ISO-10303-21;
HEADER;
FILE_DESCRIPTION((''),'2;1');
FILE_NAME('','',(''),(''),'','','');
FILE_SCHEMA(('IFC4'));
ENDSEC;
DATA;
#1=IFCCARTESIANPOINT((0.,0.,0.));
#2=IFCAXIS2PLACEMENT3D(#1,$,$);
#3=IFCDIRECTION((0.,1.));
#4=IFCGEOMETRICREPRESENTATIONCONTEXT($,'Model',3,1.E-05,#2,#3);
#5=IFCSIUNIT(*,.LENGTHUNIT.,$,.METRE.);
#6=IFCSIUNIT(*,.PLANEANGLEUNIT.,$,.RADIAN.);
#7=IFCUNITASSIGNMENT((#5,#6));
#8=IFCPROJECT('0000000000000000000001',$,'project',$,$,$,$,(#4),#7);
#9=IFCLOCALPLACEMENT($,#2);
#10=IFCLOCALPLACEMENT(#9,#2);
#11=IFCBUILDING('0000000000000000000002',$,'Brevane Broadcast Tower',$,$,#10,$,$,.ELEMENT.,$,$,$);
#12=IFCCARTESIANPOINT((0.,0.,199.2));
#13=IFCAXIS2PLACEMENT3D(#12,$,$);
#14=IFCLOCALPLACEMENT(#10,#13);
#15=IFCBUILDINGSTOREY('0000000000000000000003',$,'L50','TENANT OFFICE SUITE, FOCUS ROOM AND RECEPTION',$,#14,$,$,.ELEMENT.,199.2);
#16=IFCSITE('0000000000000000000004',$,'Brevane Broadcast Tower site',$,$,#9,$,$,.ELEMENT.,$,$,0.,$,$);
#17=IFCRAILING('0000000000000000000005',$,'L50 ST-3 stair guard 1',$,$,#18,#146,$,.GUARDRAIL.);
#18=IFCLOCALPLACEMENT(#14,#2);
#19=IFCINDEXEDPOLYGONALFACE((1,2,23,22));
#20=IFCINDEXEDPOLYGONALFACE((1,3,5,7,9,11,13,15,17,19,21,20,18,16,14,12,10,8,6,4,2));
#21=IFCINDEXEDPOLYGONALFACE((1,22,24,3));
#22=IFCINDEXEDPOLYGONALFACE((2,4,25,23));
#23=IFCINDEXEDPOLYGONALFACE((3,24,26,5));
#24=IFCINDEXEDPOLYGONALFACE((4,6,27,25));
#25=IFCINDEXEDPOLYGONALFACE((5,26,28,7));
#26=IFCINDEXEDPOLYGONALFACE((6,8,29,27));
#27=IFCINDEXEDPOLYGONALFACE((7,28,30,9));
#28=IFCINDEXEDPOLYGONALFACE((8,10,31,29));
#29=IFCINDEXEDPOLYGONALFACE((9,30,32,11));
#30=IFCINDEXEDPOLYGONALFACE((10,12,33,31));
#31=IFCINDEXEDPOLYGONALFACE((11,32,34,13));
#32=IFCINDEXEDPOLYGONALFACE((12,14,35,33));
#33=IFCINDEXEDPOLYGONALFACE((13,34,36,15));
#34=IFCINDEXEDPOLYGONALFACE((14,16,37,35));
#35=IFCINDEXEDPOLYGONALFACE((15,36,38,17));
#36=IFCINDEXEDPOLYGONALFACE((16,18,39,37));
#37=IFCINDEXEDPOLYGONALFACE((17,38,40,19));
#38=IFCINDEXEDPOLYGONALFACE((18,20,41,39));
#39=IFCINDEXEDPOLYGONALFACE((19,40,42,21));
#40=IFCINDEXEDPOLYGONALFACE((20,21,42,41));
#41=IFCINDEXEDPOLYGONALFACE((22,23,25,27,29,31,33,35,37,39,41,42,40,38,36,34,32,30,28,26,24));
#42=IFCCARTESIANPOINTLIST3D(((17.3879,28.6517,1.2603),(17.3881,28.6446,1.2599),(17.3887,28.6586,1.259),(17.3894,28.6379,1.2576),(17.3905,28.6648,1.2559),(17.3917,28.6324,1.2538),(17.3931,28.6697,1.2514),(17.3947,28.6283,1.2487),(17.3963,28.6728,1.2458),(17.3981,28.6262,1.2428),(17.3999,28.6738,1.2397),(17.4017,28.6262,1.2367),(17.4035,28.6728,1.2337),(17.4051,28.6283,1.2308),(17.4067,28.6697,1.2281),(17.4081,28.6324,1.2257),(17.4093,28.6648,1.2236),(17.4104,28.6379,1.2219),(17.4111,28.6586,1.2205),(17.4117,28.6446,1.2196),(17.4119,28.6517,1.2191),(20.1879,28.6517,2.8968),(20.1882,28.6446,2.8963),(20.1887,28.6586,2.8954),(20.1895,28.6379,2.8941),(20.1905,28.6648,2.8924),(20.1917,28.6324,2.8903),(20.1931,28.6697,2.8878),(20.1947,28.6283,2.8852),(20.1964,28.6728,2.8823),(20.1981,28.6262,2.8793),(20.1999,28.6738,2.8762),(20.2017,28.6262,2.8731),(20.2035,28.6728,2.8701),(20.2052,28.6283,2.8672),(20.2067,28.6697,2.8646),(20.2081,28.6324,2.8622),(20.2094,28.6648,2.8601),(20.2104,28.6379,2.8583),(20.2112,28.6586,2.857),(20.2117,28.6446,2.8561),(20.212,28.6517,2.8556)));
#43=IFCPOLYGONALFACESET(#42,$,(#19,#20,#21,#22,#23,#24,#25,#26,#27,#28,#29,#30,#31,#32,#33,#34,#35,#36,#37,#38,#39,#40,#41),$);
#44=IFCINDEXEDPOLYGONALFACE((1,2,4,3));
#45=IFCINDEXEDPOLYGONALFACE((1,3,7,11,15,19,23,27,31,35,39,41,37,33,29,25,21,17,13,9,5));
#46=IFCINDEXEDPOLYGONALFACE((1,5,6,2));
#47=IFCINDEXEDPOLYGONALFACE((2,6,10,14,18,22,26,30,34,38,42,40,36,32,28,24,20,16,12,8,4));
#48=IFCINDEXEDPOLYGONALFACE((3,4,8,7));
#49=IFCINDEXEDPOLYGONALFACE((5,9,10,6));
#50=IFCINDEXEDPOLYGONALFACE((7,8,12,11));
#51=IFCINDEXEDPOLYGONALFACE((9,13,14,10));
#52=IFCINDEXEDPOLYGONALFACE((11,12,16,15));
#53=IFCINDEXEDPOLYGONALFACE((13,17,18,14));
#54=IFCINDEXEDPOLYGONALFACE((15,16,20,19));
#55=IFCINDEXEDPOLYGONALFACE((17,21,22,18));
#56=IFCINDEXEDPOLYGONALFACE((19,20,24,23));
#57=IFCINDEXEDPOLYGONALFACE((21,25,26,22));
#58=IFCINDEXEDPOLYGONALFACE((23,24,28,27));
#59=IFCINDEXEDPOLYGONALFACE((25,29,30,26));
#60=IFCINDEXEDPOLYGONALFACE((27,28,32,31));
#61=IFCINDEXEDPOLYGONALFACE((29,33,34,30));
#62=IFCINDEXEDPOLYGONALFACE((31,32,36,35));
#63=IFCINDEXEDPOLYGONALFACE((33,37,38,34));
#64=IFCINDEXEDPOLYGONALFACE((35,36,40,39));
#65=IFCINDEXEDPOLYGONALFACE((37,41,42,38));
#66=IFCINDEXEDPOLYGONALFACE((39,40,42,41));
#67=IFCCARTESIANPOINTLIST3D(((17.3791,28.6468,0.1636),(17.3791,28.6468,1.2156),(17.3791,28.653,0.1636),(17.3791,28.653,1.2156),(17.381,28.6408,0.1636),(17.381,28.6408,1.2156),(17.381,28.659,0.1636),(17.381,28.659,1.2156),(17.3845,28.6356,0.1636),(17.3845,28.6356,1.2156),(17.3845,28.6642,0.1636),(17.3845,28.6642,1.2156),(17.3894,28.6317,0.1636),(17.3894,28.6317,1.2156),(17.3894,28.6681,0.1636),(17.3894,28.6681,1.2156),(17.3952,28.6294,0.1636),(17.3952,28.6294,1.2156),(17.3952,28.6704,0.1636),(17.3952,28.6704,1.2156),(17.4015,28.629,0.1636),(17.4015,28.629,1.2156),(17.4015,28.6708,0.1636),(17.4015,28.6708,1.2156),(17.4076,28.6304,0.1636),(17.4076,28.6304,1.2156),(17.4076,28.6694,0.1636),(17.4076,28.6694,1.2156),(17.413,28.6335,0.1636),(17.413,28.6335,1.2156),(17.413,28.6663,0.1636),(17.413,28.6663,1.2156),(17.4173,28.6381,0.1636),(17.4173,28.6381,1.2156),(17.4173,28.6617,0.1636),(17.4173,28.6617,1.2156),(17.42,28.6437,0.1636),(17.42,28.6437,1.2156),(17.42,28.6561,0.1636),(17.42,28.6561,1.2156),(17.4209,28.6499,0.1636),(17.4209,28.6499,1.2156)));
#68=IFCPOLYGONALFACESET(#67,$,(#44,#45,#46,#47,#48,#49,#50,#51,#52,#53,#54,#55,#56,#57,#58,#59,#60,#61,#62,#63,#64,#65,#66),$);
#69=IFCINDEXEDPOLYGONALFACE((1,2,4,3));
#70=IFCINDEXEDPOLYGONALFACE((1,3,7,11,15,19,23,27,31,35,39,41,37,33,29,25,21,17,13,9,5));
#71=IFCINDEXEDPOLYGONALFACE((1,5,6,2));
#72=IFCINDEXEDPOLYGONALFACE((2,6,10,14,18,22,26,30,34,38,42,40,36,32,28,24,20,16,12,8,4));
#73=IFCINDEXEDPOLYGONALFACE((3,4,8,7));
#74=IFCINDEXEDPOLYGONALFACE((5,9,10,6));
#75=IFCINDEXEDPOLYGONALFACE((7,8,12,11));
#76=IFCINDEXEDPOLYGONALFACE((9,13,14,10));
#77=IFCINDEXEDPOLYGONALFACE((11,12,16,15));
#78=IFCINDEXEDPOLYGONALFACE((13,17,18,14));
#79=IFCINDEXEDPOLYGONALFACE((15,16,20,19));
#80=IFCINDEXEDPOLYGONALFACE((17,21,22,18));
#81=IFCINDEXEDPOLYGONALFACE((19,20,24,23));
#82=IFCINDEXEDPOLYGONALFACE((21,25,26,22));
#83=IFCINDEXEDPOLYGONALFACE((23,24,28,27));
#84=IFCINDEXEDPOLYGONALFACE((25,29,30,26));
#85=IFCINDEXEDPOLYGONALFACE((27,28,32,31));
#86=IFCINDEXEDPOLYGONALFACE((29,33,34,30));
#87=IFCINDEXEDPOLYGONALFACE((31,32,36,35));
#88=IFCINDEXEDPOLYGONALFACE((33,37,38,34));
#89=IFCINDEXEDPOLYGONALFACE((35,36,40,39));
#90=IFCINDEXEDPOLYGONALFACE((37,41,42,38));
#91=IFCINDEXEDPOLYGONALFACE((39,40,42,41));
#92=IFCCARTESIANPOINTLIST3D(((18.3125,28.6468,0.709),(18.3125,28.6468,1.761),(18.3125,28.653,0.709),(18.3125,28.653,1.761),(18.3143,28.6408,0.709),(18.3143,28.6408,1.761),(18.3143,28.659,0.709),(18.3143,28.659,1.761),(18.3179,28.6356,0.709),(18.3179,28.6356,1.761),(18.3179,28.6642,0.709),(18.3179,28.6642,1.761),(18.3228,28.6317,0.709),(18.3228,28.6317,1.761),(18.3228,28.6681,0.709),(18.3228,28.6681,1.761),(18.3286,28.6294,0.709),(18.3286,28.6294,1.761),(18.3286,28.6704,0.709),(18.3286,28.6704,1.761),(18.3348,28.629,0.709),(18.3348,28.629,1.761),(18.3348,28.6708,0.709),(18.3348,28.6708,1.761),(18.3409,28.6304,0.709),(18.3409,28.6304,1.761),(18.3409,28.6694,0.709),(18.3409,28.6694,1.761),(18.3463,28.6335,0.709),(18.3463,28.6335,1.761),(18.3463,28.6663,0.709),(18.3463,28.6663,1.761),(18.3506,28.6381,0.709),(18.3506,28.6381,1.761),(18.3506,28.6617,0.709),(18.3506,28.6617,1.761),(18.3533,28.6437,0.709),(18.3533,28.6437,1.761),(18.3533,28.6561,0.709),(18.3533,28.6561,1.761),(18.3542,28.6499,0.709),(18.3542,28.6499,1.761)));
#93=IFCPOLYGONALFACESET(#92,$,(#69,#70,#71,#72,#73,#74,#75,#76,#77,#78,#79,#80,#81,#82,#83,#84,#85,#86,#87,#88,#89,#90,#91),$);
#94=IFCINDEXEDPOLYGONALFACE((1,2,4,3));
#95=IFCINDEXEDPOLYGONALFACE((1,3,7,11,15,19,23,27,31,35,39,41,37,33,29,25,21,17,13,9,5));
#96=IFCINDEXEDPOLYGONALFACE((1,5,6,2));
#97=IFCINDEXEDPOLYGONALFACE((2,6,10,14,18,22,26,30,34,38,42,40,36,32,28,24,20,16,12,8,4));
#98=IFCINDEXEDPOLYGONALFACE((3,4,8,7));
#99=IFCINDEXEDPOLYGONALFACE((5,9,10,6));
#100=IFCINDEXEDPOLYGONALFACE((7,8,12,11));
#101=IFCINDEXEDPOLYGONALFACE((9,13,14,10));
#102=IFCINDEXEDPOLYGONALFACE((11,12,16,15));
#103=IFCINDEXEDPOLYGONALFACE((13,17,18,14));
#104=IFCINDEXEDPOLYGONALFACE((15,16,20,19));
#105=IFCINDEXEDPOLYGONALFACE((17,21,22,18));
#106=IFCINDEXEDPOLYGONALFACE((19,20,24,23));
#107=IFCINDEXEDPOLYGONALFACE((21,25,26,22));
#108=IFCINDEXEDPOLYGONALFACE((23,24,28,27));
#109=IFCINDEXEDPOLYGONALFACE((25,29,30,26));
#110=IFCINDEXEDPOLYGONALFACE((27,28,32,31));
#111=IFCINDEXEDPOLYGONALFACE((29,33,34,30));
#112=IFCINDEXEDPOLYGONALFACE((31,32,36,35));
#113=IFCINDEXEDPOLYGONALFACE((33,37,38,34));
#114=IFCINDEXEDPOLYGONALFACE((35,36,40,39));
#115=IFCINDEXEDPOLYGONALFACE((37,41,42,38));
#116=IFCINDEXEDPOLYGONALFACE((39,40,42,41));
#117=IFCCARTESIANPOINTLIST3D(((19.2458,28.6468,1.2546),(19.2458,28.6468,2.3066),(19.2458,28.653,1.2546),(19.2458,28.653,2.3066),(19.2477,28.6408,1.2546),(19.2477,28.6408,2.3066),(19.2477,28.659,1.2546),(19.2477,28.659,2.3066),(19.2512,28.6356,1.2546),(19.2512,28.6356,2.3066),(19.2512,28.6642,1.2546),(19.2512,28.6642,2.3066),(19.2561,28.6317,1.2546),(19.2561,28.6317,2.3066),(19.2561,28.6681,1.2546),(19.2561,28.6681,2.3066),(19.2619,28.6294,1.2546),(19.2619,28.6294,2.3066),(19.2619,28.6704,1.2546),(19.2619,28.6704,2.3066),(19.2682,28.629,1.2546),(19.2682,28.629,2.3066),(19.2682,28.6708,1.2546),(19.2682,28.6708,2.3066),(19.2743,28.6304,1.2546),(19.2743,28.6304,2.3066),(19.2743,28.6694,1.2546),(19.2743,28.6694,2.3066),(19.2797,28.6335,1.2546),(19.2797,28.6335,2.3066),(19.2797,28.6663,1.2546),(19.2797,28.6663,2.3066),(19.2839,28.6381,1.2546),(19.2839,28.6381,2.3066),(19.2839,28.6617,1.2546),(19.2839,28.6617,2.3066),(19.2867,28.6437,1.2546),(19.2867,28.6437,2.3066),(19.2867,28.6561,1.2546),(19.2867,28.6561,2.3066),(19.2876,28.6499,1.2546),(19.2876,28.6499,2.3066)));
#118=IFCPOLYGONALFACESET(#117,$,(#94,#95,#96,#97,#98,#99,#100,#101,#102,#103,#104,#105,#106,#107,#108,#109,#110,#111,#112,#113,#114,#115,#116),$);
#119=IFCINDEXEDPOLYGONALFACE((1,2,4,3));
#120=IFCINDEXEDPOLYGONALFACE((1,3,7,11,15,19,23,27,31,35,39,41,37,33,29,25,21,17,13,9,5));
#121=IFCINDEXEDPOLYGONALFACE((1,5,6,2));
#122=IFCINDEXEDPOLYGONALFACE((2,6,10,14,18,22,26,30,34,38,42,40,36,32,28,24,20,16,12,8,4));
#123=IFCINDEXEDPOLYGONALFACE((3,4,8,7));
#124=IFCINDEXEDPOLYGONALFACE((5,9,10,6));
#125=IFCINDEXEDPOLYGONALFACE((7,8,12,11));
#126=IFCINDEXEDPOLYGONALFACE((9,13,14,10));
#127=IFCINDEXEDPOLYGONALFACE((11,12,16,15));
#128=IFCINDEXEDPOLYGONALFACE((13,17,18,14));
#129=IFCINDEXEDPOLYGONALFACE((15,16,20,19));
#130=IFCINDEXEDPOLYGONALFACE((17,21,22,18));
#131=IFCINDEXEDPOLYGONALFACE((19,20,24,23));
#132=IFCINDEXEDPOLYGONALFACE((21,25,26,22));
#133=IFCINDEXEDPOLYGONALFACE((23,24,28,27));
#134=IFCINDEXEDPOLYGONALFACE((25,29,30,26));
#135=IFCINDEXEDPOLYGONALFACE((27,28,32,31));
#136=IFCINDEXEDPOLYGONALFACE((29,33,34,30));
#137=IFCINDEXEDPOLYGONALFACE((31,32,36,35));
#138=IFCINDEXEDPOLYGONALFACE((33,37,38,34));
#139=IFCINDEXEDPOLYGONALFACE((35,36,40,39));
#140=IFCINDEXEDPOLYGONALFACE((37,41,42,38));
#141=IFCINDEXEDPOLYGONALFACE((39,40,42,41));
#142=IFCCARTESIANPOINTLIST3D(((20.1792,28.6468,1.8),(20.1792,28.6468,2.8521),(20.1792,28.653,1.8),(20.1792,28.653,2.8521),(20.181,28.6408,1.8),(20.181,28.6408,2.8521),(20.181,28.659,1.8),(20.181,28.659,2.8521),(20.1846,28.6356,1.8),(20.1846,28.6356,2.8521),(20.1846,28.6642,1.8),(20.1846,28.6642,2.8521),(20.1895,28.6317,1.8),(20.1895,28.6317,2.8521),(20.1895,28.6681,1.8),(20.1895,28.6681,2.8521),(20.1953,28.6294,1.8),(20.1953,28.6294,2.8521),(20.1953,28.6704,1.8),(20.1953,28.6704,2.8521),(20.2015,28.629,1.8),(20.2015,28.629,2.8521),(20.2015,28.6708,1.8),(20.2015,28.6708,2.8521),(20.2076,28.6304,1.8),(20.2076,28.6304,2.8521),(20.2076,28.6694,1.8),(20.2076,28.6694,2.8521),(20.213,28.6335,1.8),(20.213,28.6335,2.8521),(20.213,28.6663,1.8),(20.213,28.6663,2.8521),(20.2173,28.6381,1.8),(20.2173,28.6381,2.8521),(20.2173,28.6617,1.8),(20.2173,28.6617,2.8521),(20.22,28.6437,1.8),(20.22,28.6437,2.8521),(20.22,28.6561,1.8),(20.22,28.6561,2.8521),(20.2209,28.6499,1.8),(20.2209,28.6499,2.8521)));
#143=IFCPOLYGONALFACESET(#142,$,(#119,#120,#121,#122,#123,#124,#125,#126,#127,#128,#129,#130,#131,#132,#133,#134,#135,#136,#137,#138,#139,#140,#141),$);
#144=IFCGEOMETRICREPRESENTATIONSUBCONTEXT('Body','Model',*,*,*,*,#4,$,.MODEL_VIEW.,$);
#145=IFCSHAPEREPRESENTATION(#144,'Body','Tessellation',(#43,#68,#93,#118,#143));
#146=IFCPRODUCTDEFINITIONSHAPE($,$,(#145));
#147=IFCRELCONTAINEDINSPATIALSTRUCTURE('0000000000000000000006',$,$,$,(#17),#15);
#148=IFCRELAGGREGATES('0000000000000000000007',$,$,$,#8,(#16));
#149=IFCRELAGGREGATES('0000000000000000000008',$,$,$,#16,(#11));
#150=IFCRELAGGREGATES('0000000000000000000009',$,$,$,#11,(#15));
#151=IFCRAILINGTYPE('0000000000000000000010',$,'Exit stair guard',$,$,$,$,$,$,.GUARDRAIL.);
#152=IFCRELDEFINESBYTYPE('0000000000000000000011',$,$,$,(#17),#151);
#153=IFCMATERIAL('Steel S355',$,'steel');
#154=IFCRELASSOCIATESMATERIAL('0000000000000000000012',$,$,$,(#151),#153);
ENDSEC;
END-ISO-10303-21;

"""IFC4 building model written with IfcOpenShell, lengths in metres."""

from ifc_helpers import new_model, si_unit, direction, frame, origin, origin_2d, place, context, subcontext, project, spatial, circle, extrude, material, type_object, element, save


model = new_model("IFC4")

# Units and contexts
model_context = context("Model", 3, precision=1e-05, world=origin(), true_north=direction((0.0, 1.0)))
body_context = subcontext(model_context, "Body", "Model", "MODEL_VIEW")
ifc_project = project(units=[si_unit("LENGTHUNIT", "METRE"), si_unit("PLANEANGLEUNIT", "RADIAN")], contexts=[model_context])

# Site, building, storey
site_placement = place(None, origin())
site = spatial("IfcSite", under=ifc_project, at=site_placement, Name="Brevane Broadcast Tower site", CompositionType="ELEMENT", RefElevation=0.0)
building_placement = place(site_placement, origin())
building = spatial("IfcBuilding", under=site, at=building_placement, Name="Brevane Broadcast Tower", CompositionType="ELEMENT")
storey_placement = place(building_placement, frame((0.0, 0.0, 199.2)))
storey = spatial("IfcBuildingStorey", under=building, at=storey_placement, Name="L50", Description="TENANT OFFICE SUITE, FOCUS ROOM AND RECEPTION", CompositionType="ELEMENT", Elevation=199.2)

# Railing
ifc_material_1 = material(Name="Steel S355", Category="steel")
railing_type_1 = type_object("IfcRailingType", Name="Exit stair guard", PredefinedType="GUARDRAIL", material=ifc_material_1)
railing_1_placement = place(storey_placement, frame((17.3999, 28.6499, 0.1636)))
element("IfcRailing", 1, at=railing_1_placement, inside=storey, type_object=railing_type_1, Name="L50 ST-3 stair guard 1", PredefinedType="GUARDRAIL", context=body_context, shape_type="SweptSolid", body=[
    extrude(circle(Radius=0.0239, at=origin_2d()), frame((0.0, 0.0, 1.0762), z_axis=(0.863361, 0.0, 0.504587), x_axis=(0.0, 1.0, 0.0)), (0.0, 0.0, 1.0), 3.2432),
    extrude(circle(Radius=0.021, at=origin_2d()), origin(), (0.0, 0.0, 1.0), 1.052),
    extrude(circle(Radius=0.021, at=origin_2d()), frame((0.9333, 0.0, 0.5454)), (0.0, 0.0, 1.0), 1.052),
    extrude(circle(Radius=0.021, at=origin_2d()), frame((1.8667, 0.0, 1.0911)), (0.0, 0.0, 1.0), 1.052),
    extrude(circle(Radius=0.021, at=origin_2d()), frame((2.8, 0.0, 1.6365)), (0.0, 0.0, 1.0), 1.052),
])

save(model, "model.ifc")
